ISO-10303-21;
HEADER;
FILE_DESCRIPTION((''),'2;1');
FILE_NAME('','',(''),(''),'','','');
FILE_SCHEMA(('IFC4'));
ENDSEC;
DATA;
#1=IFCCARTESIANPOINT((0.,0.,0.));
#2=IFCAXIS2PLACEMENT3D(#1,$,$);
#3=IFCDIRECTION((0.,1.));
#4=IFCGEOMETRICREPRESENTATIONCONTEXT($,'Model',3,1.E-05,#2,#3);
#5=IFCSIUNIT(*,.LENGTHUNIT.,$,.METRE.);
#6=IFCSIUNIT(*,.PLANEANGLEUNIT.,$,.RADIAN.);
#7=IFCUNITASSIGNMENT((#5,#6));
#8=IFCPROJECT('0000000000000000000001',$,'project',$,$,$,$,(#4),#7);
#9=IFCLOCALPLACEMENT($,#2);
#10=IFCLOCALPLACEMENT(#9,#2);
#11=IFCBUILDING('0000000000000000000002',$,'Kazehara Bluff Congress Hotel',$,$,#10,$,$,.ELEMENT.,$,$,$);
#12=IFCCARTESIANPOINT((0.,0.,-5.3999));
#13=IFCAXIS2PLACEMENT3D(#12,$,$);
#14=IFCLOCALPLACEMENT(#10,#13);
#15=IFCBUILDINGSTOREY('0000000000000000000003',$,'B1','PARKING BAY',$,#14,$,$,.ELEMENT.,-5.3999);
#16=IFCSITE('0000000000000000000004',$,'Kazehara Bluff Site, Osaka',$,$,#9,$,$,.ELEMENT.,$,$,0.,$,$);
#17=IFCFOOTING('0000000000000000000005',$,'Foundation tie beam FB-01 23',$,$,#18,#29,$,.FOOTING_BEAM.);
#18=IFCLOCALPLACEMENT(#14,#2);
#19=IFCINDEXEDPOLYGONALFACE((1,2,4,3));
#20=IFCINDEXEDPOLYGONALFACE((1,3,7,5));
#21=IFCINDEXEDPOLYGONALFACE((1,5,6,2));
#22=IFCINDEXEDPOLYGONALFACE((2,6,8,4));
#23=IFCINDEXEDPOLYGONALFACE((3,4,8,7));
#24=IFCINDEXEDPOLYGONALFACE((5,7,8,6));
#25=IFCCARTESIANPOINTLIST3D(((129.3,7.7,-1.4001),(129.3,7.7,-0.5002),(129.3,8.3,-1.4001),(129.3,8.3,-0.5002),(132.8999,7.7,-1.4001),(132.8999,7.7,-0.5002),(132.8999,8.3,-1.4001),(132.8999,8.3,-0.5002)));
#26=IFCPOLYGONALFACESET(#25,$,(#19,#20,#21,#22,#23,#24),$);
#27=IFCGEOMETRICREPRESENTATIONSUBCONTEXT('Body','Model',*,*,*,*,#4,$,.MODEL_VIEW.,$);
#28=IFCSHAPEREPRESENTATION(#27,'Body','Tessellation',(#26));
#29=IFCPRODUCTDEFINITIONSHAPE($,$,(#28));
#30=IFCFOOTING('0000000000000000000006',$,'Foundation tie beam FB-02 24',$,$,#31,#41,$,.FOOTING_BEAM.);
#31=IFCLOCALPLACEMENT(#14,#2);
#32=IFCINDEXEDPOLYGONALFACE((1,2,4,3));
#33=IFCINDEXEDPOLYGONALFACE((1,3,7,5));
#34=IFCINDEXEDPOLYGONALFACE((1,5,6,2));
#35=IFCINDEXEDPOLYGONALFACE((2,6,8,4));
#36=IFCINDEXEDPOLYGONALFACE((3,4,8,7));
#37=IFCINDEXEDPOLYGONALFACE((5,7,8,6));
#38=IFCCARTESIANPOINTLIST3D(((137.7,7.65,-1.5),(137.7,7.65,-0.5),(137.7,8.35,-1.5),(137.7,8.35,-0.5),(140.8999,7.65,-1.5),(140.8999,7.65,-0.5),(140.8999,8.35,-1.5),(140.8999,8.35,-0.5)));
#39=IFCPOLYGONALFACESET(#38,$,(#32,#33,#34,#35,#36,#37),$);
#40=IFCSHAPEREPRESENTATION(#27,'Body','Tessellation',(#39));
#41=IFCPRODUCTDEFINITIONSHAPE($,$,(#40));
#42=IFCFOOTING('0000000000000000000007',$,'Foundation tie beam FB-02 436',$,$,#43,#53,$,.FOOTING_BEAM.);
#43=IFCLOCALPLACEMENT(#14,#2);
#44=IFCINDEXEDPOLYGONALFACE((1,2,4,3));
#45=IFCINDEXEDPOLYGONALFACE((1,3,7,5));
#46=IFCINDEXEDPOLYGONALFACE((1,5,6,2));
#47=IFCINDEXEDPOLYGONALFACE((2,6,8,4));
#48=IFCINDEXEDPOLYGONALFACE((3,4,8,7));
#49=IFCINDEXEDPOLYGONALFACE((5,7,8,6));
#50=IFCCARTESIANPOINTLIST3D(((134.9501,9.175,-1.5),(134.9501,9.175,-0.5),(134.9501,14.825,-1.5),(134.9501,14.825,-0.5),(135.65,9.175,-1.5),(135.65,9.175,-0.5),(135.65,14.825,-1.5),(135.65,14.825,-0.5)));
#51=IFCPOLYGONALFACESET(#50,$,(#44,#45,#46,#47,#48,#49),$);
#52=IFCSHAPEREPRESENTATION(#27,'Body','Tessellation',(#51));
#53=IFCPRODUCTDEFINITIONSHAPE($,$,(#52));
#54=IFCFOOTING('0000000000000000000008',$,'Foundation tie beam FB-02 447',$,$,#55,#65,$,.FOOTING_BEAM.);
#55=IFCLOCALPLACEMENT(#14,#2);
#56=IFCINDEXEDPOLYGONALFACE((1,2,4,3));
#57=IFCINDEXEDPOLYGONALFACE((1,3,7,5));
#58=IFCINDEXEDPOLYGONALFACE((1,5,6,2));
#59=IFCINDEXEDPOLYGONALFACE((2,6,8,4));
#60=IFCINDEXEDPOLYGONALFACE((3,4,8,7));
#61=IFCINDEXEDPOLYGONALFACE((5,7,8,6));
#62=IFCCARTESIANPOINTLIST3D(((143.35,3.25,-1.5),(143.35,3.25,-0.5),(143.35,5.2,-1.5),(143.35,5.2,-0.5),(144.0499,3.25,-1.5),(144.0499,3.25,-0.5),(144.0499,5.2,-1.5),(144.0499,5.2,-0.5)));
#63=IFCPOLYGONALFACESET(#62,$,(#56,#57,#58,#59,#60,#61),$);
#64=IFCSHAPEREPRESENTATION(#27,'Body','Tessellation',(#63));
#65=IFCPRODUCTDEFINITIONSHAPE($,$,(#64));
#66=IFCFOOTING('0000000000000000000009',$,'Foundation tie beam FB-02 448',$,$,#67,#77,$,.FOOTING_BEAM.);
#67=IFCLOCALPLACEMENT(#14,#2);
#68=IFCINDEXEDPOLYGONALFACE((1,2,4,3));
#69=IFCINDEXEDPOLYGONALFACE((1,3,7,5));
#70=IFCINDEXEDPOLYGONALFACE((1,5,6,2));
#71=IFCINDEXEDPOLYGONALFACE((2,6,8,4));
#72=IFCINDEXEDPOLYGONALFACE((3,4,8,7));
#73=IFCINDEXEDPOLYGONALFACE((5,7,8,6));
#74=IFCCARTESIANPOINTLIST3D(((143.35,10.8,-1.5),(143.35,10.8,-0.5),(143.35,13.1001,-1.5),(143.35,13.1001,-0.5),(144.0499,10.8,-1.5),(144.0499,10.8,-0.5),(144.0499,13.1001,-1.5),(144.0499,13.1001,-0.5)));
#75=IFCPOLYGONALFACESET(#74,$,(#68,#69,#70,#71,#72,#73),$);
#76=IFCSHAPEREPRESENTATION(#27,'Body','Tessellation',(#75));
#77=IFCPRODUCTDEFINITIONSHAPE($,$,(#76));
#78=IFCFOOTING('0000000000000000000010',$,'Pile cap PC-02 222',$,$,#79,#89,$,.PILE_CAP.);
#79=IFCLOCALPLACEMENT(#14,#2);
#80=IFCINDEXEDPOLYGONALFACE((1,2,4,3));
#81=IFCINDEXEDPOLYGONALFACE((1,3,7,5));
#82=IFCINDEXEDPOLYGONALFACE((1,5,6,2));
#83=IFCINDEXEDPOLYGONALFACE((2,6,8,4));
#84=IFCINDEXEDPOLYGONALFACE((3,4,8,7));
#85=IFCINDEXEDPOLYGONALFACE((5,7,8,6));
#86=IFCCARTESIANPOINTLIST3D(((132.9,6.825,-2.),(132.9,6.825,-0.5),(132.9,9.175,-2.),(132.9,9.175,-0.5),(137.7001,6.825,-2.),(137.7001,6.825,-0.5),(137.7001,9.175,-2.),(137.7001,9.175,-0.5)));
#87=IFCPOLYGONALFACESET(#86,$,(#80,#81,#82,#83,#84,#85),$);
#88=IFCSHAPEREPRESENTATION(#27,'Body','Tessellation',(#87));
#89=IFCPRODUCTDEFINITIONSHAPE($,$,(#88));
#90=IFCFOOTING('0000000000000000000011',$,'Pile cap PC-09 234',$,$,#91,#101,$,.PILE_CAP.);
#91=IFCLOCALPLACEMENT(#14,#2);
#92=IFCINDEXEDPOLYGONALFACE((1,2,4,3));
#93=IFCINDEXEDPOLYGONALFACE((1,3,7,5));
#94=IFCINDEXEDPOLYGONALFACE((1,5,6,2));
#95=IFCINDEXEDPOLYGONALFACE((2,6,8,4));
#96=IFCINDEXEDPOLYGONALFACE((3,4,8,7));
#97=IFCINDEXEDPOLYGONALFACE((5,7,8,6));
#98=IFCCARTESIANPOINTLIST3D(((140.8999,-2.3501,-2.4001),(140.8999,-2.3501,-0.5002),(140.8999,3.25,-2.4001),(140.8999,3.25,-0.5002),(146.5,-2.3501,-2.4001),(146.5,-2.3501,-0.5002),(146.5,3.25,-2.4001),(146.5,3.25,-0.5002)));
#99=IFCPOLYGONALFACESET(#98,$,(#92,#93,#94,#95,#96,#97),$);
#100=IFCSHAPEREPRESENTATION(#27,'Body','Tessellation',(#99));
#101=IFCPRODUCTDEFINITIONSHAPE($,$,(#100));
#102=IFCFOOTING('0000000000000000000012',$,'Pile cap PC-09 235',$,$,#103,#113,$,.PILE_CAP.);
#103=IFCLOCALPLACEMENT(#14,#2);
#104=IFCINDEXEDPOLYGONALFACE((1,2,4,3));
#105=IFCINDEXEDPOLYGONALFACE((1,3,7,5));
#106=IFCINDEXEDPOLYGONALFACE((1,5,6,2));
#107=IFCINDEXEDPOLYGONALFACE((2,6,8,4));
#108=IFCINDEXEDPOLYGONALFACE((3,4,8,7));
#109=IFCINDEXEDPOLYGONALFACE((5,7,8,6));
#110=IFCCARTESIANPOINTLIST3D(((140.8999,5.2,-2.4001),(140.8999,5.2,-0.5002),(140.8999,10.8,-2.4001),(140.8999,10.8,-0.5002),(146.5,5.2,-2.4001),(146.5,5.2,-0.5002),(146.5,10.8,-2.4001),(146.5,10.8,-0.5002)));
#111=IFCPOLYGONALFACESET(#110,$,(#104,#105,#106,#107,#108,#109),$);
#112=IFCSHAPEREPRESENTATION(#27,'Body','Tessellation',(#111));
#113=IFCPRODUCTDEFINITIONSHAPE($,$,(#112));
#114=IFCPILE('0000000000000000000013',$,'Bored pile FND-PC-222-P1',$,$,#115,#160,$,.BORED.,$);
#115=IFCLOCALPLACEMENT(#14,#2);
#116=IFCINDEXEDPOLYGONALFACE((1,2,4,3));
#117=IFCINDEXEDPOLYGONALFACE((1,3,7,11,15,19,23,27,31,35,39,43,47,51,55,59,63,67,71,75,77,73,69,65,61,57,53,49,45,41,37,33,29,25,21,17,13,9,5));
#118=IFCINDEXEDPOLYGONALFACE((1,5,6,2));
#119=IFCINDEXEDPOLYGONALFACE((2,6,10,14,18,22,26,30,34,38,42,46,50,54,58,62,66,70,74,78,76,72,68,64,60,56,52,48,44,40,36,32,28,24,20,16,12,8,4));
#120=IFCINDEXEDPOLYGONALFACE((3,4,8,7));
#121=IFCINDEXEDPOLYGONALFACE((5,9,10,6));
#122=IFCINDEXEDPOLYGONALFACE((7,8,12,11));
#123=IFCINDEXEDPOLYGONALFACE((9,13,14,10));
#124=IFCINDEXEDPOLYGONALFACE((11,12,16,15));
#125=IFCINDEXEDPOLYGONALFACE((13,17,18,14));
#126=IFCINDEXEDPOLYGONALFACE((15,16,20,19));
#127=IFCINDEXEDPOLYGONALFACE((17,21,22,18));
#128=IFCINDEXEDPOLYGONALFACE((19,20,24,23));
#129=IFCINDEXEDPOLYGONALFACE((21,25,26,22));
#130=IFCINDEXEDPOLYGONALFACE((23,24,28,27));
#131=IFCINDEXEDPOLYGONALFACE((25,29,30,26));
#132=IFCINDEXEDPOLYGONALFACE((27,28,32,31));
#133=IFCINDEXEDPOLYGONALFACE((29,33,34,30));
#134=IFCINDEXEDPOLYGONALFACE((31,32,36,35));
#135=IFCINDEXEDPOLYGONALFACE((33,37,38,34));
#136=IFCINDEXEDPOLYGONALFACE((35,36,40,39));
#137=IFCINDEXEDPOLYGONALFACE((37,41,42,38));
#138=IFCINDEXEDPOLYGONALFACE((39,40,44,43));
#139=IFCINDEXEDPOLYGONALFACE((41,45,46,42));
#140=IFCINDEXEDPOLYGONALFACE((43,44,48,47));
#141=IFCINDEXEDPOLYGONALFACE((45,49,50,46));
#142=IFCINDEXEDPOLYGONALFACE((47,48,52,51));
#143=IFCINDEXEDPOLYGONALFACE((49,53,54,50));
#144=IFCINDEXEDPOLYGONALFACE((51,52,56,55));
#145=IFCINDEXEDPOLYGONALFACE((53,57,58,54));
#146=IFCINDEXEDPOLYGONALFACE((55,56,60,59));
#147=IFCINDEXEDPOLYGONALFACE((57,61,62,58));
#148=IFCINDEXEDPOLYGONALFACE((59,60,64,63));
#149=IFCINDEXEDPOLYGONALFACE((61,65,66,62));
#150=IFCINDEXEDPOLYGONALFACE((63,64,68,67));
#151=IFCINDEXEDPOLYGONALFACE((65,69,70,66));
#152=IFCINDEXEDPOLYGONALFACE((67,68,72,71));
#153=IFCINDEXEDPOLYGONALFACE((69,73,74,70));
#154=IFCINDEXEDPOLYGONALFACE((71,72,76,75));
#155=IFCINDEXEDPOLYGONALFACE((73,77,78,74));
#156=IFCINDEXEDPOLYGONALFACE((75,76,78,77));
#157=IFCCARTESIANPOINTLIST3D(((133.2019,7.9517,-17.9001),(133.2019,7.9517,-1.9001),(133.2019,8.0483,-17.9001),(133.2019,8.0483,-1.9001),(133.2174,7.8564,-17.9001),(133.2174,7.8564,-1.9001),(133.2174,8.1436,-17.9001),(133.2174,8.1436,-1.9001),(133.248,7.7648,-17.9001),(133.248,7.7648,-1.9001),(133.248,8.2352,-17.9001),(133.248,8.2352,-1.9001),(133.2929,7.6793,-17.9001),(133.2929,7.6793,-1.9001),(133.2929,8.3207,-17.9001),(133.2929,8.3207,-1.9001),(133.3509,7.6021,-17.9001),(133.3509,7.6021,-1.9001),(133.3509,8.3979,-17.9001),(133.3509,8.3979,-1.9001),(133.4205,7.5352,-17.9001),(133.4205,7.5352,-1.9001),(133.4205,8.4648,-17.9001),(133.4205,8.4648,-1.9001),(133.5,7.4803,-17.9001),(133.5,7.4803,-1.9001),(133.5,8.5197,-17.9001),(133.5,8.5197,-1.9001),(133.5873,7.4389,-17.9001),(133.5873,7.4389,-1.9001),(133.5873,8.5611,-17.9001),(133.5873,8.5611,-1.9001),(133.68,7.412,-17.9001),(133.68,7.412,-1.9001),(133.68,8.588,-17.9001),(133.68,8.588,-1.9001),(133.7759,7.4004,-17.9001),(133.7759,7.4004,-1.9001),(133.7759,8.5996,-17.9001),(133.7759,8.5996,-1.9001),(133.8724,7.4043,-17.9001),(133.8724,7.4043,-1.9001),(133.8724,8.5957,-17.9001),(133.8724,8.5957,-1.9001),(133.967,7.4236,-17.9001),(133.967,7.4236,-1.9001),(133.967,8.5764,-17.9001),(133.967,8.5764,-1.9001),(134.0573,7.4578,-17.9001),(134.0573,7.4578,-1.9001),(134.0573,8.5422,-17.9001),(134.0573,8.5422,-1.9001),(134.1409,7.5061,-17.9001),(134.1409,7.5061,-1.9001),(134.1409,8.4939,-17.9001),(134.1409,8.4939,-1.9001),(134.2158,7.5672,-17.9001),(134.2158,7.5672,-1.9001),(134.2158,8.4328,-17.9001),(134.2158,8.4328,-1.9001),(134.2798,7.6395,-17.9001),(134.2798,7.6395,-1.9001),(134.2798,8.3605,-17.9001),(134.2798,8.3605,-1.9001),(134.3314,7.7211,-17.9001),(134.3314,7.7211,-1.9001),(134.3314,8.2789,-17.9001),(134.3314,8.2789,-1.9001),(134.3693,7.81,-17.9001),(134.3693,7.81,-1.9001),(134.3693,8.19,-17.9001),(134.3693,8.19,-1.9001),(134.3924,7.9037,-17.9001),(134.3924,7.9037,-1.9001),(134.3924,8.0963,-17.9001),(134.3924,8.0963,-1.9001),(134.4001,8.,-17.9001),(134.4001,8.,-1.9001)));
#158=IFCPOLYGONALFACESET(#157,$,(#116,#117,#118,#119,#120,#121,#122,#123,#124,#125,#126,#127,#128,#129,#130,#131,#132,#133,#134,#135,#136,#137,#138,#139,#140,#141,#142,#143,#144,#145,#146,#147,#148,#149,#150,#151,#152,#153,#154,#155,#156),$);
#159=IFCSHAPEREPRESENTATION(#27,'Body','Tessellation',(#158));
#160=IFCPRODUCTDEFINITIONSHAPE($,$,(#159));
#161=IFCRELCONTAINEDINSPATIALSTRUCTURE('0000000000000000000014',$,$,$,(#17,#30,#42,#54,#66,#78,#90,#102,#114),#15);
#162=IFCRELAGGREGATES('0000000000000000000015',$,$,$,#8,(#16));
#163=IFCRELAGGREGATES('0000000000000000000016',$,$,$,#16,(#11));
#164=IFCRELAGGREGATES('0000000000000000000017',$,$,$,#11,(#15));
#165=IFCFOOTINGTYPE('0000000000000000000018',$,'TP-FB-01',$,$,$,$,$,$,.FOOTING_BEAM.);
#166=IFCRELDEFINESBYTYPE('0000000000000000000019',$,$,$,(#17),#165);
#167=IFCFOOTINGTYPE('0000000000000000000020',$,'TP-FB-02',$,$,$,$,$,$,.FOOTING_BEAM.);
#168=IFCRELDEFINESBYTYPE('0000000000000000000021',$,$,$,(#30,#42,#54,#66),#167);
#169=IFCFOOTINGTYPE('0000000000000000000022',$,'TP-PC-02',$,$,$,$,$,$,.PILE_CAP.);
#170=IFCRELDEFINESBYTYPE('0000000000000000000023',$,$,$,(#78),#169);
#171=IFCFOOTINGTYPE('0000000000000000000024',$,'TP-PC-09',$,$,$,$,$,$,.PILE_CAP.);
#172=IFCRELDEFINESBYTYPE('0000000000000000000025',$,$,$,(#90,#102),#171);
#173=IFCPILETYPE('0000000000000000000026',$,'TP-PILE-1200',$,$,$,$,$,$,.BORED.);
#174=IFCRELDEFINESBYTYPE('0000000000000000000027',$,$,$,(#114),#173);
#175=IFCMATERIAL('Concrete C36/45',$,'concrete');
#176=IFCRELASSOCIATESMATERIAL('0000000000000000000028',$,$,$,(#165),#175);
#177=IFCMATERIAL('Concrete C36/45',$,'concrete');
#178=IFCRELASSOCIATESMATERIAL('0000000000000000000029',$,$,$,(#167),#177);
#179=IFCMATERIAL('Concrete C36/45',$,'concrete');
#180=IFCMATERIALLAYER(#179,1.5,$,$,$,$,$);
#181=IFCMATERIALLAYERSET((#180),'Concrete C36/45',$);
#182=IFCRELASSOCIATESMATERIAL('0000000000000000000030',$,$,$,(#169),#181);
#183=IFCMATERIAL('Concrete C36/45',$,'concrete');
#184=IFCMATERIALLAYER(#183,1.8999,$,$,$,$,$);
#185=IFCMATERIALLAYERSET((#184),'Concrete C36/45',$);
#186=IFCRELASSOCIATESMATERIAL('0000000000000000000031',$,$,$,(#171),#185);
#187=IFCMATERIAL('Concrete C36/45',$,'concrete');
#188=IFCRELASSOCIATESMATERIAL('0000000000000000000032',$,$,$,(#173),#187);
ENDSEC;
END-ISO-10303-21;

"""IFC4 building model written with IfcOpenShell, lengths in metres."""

from ifc_helpers import new_model, si_unit, direction, frame, origin, origin_2d, place, context, subcontext, project, spatial, rectangle, circle, extrude, material, layer, layer_set, material_profile, profile_set, type_object, element, save


model = new_model("IFC4")

# Units and contexts
model_context = context("Model", 3, precision=1e-05, world=origin(), true_north=direction((0.0, 1.0)))
body_context = subcontext(model_context, "Body", "Model", "MODEL_VIEW")
ifc_project = project(units=[si_unit("LENGTHUNIT", "METRE"), si_unit("PLANEANGLEUNIT", "RADIAN")], contexts=[model_context])

# Site, building, storey
site_placement = place(None, origin())
site = spatial("IfcSite", under=ifc_project, at=site_placement, Name="Kazehara Bluff Site, Osaka", CompositionType="ELEMENT", RefElevation=0.0)
building_placement = place(site_placement, origin())
building = spatial("IfcBuilding", under=site, at=building_placement, Name="Kazehara Bluff Congress Hotel", CompositionType="ELEMENT")
storey_placement = place(building_placement, frame((0.0, 0.0, -5.3999)))
storey = spatial("IfcBuildingStorey", under=building, at=storey_placement, Name="B1", Description="PARKING BAY", CompositionType="ELEMENT", Elevation=-5.3999)

# Footings
ifc_material_1 = material(Name="Concrete C36/45", Category="concrete")
ifc_material_profile_1 = material_profile(ifc_material_1, rectangle(XDim=0.6001, YDim=0.8999, at=origin_2d()))
ifc_profile_set_1 = profile_set([ifc_material_profile_1], Name="Concrete C36/45")
footing_type_1 = type_object("IfcFootingType", Name="TP-FB-01", PredefinedType="FOOTING_BEAM", material=ifc_profile_set_1)
footing_1_placement = place(storey_placement, frame((129.3, 8.0, -0.9502), z_axis=(1.0, 0.0, 0.0), x_axis=(0.0, 1.0, 0.0)))
element("IfcFooting", 1, at=footing_1_placement, inside=storey, type_object=footing_type_1, Name="Foundation tie beam FB-01 23", PredefinedType="FOOTING_BEAM", context=body_context, shape_type="SweptSolid", body=[
    extrude(rectangle(XDim=0.6001, YDim=0.8999, at=origin_2d()), origin(), (0.0, 0.0, 1.0), 3.5999),
])
ifc_material_2 = material(Name="Concrete C36/45", Category="concrete")
ifc_material_profile_2 = material_profile(ifc_material_2, rectangle(XDim=0.7, YDim=1.0, at=origin_2d()))
ifc_profile_set_2 = profile_set([ifc_material_profile_2], Name="Concrete C36/45")
footing_type_2 = type_object("IfcFootingType", Name="TP-FB-02", PredefinedType="FOOTING_BEAM", material=ifc_profile_set_2)
footing_2_placement = place(storey_placement, frame((137.7, 8.0, -1.0), z_axis=(1.0, 0.0, 0.0), x_axis=(0.0, 1.0, 0.0)))
element("IfcFooting", 2, at=footing_2_placement, inside=storey, type_object=footing_type_2, Name="Foundation tie beam FB-02 24", PredefinedType="FOOTING_BEAM", context=body_context, shape_type="SweptSolid", body=[
    extrude(rectangle(XDim=0.7, YDim=1.0, at=origin_2d()), origin(), (0.0, 0.0, 1.0), 3.2),
])
footing_3_placement = place(storey_placement, frame((135.3, 9.175, -1.0), z_axis=(0.0, 1.0, 0.0), x_axis=(-1.0, 0.0, 0.0)))
element("IfcFooting", 3, at=footing_3_placement, inside=storey, type_object=footing_type_2, Name="Foundation tie beam FB-02 436", PredefinedType="FOOTING_BEAM", context=body_context, shape_type="SweptSolid", body=[
    extrude(rectangle(XDim=0.7, YDim=1.0, at=origin_2d()), origin(), (0.0, 0.0, 1.0), 5.6499),
])
footing_4_placement = place(storey_placement, frame((143.7, 3.25, -1.0), z_axis=(0.0, 1.0, 0.0), x_axis=(-1.0, 0.0, 0.0)))
element("IfcFooting", 4, at=footing_4_placement, inside=storey, type_object=footing_type_2, Name="Foundation tie beam FB-02 447", PredefinedType="FOOTING_BEAM", context=body_context, shape_type="SweptSolid", body=[
    extrude(rectangle(XDim=0.7, YDim=1.0, at=origin_2d()), origin(), (0.0, 0.0, 1.0), 1.95),
])
footing_5_placement = place(storey_placement, frame((143.7, 10.8, -1.0), z_axis=(0.0, 1.0, 0.0), x_axis=(-1.0, 0.0, 0.0)))
element("IfcFooting", 5, at=footing_5_placement, inside=storey, type_object=footing_type_2, Name="Foundation tie beam FB-02 448", PredefinedType="FOOTING_BEAM", context=body_context, shape_type="SweptSolid", body=[
    extrude(rectangle(XDim=0.7, YDim=1.0, at=origin_2d()), origin(), (0.0, 0.0, 1.0), 2.3),
])
ifc_material_3 = material(Name="Concrete C36/45", Category="concrete")
ifc_layer_1 = layer(ifc_material_3, 1.5)
ifc_layer_set_1 = layer_set([ifc_layer_1], Name="Concrete C36/45")
footing_type_3 = type_object("IfcFootingType", Name="TP-PC-02", PredefinedType="PILE_CAP", material=ifc_layer_set_1)
footing_6_placement = place(storey_placement, frame((135.3, 8.0, -2.0), z_axis=(0.0, 0.0, 1.0), x_axis=(1.0, 0.0, 0.0)))
element("IfcFooting", 6, at=footing_6_placement, inside=storey, type_object=footing_type_3, Name="Pile cap PC-02 222", PredefinedType="PILE_CAP", context=body_context, shape_type="SweptSolid", body=[
    extrude(rectangle(XDim=4.8, YDim=2.3501, at=origin_2d()), origin(), (0.0, 0.0, 1.0), 1.5),
])
ifc_material_4 = material(Name="Concrete C36/45", Category="concrete")
ifc_layer_2 = layer(ifc_material_4, 1.8999)
ifc_layer_set_2 = layer_set([ifc_layer_2], Name="Concrete C36/45")
footing_type_4 = type_object("IfcFootingType", Name="TP-PC-09", PredefinedType="PILE_CAP", material=ifc_layer_set_2)
for number, where, z_axis, x_axis, name in (
    (7, (143.7, 0.45, -2.4001), (0.0, 0.0, 1.0), (1.0, 0.0, 0.0), "Pile cap PC-09 234"),
    (8, (143.7, 8.0, -2.4001), (0.0, 0.0, 1.0), (1.0, 0.0, 0.0), "Pile cap PC-09 235"),
):
    element("IfcFooting", number, at=place(storey_placement, frame(where, z_axis=z_axis, x_axis=x_axis)), inside=storey, type_object=footing_type_4, Name=name, PredefinedType="PILE_CAP", context=body_context, shape_type="SweptSolid", body=[
        extrude(rectangle(XDim=5.6001, YDim=5.6001, at=origin_2d()), origin(), (0.0, 0.0, 1.0), 1.8999),
    ])

# Pile
ifc_material_5 = material(Name="Concrete C36/45", Category="concrete")
ifc_material_profile_3 = material_profile(ifc_material_5, circle(Radius=0.6001, at=origin_2d()))
ifc_profile_set_3 = profile_set([ifc_material_profile_3], Name="Concrete C36/45")
pile_type_1 = type_object("IfcPileType", Name="TP-PILE-1200", PredefinedType="BORED", material=ifc_profile_set_3)
for number, where, z_axis, x_axis, name in (
    (9, (133.8, 8.0, -1.9001), (0.0, 0.0, -1.0), (1.0, 0.0, 0.0), "Bored pile FND-PC-222-P1"),
):
    element("IfcPile", number, at=place(storey_placement, frame(where, z_axis=z_axis, x_axis=x_axis)), inside=storey, type_object=pile_type_1, Name=name, PredefinedType="BORED", context=body_context, shape_type="SweptSolid", body=[
        extrude(circle(Radius=0.6001, at=origin_2d()), origin(), (0.0, 0.0, 1.0), 16.0),
    ])

save(model, "model.ifc")
